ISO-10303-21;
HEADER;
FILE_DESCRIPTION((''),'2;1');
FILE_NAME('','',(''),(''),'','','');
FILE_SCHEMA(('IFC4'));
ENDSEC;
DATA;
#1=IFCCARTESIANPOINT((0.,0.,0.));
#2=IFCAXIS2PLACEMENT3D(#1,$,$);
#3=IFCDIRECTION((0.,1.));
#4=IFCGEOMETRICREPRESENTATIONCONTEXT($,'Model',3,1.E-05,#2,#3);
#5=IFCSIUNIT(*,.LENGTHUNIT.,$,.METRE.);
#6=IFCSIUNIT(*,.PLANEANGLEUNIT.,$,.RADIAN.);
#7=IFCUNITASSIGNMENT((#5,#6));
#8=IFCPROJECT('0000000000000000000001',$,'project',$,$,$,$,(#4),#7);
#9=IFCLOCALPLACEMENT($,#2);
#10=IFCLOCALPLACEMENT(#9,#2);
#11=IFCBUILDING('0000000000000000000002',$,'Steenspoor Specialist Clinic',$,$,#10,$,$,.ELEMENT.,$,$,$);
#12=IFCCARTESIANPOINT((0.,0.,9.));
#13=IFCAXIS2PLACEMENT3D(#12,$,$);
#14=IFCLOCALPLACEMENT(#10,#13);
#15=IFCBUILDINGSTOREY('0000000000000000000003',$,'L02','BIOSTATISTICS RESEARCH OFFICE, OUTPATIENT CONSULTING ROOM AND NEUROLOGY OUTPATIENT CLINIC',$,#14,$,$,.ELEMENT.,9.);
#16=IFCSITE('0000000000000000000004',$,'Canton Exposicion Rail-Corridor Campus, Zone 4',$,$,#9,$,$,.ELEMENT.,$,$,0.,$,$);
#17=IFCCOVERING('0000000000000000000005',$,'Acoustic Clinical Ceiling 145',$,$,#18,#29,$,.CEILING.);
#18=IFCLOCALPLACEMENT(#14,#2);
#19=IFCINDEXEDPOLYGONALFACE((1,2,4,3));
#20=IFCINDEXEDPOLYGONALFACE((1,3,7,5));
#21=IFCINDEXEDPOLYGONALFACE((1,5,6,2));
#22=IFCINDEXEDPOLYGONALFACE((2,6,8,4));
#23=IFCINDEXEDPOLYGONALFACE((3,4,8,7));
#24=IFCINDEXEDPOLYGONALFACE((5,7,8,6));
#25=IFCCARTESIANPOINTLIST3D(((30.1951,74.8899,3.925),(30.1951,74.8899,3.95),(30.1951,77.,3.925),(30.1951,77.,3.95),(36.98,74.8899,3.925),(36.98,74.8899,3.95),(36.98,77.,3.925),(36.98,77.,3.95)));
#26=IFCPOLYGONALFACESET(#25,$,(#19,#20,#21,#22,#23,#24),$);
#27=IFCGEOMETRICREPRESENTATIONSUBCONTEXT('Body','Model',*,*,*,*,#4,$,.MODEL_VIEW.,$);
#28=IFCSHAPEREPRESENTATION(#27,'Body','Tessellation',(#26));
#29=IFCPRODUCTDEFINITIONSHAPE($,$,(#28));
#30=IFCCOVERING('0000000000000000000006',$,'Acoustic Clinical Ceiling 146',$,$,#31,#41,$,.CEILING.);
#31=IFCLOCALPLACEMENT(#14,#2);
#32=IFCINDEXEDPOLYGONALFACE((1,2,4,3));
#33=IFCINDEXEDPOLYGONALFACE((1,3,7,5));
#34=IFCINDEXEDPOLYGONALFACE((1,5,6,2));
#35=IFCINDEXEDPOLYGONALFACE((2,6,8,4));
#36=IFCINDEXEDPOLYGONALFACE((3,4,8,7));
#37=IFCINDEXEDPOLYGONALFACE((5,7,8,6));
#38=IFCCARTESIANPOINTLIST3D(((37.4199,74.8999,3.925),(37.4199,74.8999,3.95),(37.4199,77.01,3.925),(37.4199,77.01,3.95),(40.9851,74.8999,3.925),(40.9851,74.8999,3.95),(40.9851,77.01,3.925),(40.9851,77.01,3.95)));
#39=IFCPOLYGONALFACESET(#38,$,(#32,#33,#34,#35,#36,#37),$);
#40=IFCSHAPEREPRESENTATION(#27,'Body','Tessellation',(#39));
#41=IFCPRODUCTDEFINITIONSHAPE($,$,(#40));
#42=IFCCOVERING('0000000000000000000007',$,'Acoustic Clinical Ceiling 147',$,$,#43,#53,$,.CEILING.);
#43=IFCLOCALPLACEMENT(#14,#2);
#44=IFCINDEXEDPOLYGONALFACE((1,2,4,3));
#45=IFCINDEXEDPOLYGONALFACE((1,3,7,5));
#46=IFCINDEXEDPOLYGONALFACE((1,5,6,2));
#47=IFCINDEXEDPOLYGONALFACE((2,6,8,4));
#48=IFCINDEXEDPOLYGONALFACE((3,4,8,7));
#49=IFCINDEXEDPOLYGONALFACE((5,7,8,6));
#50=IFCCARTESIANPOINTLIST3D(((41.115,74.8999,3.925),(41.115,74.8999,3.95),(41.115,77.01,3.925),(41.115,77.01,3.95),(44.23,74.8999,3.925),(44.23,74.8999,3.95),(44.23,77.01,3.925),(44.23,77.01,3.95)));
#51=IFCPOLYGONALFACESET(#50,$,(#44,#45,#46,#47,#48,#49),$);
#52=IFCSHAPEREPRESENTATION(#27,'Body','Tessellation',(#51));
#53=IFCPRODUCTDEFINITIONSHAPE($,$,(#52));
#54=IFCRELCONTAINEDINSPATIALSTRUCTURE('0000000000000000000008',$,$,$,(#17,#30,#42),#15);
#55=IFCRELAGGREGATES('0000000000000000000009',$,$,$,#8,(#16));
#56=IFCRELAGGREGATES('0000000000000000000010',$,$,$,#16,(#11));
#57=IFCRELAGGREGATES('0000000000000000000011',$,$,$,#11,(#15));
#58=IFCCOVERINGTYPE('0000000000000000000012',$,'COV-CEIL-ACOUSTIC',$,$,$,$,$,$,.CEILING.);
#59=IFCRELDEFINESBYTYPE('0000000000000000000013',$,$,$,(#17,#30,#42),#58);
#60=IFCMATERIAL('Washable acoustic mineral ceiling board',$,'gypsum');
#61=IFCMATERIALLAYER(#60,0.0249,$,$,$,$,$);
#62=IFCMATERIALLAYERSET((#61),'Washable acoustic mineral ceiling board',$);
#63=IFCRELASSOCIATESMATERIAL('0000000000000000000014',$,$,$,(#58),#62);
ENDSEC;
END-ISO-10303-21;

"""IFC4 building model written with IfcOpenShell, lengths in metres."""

from ifc_helpers import new_model, si_unit, direction, frame, origin, place, context, subcontext, project, spatial, polyline, outline, extrude, material, layer, layer_set, type_object, element, save


model = new_model("IFC4")

# Units and contexts
model_context = context("Model", 3, precision=1e-05, world=origin(), true_north=direction((0.0, 1.0)))
body_context = subcontext(model_context, "Body", "Model", "MODEL_VIEW")
ifc_project = project(units=[si_unit("LENGTHUNIT", "METRE"), si_unit("PLANEANGLEUNIT", "RADIAN")], contexts=[model_context])

# Site, building, storey
site_placement = place(None, origin())
site = spatial("IfcSite", under=ifc_project, at=site_placement, Name="Canton Exposicion Rail-Corridor Campus, Zone 4", CompositionType="ELEMENT", RefElevation=0.0)
building_placement = place(site_placement, origin())
building = spatial("IfcBuilding", under=site, at=building_placement, Name="Steenspoor Specialist Clinic", CompositionType="ELEMENT")
storey_placement = place(building_placement, frame((0.0, 0.0, 9.0)))
storey = spatial("IfcBuildingStorey", under=building, at=storey_placement, Name="L02", Description="BIOSTATISTICS RESEARCH OFFICE, OUTPATIENT CONSULTING ROOM AND NEUROLOGY OUTPATIENT CLINIC", CompositionType="ELEMENT", Elevation=9.0)

# Coverings
ifc_material_1 = material(Name="Washable acoustic mineral ceiling board", Category="gypsum")
ifc_layer_1 = layer(ifc_material_1, 0.0249)
ifc_layer_set_1 = layer_set([ifc_layer_1], Name="Washable acoustic mineral ceiling board")
covering_type = type_object("IfcCoveringType", Name="COV-CEIL-ACOUSTIC", PredefinedType="CEILING", material=ifc_layer_set_1)
covering_1_placement = place(storey_placement, frame((0.0, 0.0, 3.925)))
element("IfcCovering", 1, at=covering_1_placement, inside=storey, type_object=covering_type, Name="Acoustic Clinical Ceiling 145", PredefinedType="CEILING", context=body_context, shape_type="SweptSolid", body=[
    extrude(outline(polyline([(30.1951, 74.8899), (30.1951, 77.0), (36.98, 77.0), (36.98, 74.8899), (30.1951, 74.8899)])), origin(), (0.0, 0.0, 1.0), 0.0249),
])
covering_2_placement = place(storey_placement, frame((0.0, 0.0, 3.925)))
element("IfcCovering", 2, at=covering_2_placement, inside=storey, type_object=covering_type, Name="Acoustic Clinical Ceiling 146", PredefinedType="CEILING", context=body_context, shape_type="SweptSolid", body=[
    extrude(outline(polyline([(40.9851, 74.8999), (37.4199, 74.8999), (37.4199, 77.01), (40.9851, 77.01), (40.9851, 74.8999)])), origin(), (0.0, 0.0, 1.0), 0.0249),
])
covering_3_placement = place(storey_placement, frame((0.0, 0.0, 3.925)))
element("IfcCovering", 3, at=covering_3_placement, inside=storey, type_object=covering_type, Name="Acoustic Clinical Ceiling 147", PredefinedType="CEILING", context=body_context, shape_type="SweptSolid", body=[
    extrude(outline(polyline([(41.115, 77.01), (44.23, 77.01), (44.23, 74.8999), (41.115, 74.8999), (41.115, 77.01)])), origin(), (0.0, 0.0, 1.0), 0.0249),
])

save(model, "model.ifc")
